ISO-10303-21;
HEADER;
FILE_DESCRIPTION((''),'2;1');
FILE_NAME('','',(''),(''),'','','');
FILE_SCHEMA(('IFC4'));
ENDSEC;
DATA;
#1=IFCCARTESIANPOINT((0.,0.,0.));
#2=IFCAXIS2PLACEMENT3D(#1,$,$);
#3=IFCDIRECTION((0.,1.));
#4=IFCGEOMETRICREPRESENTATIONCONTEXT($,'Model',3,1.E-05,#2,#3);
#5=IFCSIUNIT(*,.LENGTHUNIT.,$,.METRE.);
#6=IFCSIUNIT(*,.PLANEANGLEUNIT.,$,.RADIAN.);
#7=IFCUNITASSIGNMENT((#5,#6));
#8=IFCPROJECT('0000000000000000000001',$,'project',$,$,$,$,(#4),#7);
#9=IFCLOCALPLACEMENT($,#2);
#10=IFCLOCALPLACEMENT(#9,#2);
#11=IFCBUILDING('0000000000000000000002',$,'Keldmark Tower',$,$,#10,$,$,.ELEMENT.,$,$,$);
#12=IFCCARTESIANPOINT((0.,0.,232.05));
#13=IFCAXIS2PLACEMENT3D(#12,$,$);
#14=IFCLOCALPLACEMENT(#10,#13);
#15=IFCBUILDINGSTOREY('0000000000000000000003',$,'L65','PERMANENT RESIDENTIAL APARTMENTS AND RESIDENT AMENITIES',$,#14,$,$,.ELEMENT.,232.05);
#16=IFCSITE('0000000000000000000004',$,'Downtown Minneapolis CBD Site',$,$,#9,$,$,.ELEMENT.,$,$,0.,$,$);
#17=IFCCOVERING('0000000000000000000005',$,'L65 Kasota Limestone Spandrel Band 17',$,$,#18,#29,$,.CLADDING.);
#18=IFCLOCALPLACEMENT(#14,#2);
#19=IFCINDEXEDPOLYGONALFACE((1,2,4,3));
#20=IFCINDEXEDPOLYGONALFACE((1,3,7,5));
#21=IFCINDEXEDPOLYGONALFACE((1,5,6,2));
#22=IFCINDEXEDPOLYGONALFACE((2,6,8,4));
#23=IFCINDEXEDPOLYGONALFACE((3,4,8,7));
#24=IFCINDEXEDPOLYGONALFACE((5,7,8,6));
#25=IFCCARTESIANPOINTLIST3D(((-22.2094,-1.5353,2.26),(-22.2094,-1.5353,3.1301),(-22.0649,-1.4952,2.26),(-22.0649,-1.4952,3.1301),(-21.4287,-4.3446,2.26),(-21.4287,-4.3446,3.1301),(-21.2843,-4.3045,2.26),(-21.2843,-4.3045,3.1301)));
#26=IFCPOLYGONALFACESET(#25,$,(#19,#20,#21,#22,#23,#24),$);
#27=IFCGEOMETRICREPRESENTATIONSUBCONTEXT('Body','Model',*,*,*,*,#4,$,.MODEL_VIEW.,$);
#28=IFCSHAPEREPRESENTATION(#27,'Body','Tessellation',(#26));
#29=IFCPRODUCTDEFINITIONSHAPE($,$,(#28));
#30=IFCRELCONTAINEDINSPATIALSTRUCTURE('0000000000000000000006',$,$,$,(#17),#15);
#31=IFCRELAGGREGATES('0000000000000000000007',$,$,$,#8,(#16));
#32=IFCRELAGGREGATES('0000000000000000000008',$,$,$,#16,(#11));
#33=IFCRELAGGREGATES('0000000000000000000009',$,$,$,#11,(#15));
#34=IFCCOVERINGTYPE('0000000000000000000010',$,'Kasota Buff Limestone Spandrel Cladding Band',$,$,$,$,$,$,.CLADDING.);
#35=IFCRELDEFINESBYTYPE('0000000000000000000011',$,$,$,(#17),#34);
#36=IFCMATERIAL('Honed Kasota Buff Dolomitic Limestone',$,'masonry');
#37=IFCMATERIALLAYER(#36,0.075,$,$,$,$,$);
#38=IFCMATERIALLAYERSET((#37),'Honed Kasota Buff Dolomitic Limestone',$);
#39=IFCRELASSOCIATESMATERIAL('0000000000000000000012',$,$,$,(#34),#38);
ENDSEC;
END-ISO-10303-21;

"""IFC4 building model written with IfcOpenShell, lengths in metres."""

from ifc_helpers import new_model, si_unit, direction, frame, origin, origin_2d, place, context, subcontext, project, spatial, rectangle, extrude, material, layer, layer_set, type_object, element, save


model = new_model("IFC4")

# Units and contexts
model_context = context("Model", 3, precision=1e-05, world=origin(), true_north=direction((0.0, 1.0)))
body_context = subcontext(model_context, "Body", "Model", "MODEL_VIEW")
ifc_project = project(units=[si_unit("LENGTHUNIT", "METRE"), si_unit("PLANEANGLEUNIT", "RADIAN")], contexts=[model_context])

# Site, building, storey
site_placement = place(None, origin())
site = spatial("IfcSite", under=ifc_project, at=site_placement, Name="Downtown Minneapolis CBD Site", CompositionType="ELEMENT", RefElevation=0.0)
building_placement = place(site_placement, origin())
building = spatial("IfcBuilding", under=site, at=building_placement, Name="Keldmark Tower", CompositionType="ELEMENT")
storey_placement = place(building_placement, frame((0.0, 0.0, 232.05)))
storey = spatial("IfcBuildingStorey", under=building, at=storey_placement, Name="L65", Description="PERMANENT RESIDENTIAL APARTMENTS AND RESIDENT AMENITIES", CompositionType="ELEMENT", Elevation=232.05)

# Covering
ifc_material_1 = material(Name="Honed Kasota Buff Dolomitic Limestone", Category="masonry")
ifc_layer_1 = layer(ifc_material_1, 0.075)
ifc_layer_set_1 = layer_set([ifc_layer_1], Name="Honed Kasota Buff Dolomitic Limestone")
covering_type = type_object("IfcCoveringType", Name="Kasota Buff Limestone Spandrel Cladding Band", PredefinedType="CLADDING", material=ifc_layer_set_1)
covering_placement = place(storey_placement, frame((-21.7468, -2.9199, 2.26), z_axis=(0.0, 0.0, 1.0), x_axis=(0.267743, -0.96349, 0.0)))
element("IfcCovering", 1, at=covering_placement, inside=storey, type_object=covering_type, Name="L65 Kasota Limestone Spandrel Band 17", PredefinedType="CLADDING", context=body_context, shape_type="SweptSolid", body=[
    extrude(rectangle(XDim=2.9158, YDim=0.1499, at=origin_2d()), origin(), (0.0, 0.0, 1.0), 0.8701),
])

save(model, "model.ifc")
